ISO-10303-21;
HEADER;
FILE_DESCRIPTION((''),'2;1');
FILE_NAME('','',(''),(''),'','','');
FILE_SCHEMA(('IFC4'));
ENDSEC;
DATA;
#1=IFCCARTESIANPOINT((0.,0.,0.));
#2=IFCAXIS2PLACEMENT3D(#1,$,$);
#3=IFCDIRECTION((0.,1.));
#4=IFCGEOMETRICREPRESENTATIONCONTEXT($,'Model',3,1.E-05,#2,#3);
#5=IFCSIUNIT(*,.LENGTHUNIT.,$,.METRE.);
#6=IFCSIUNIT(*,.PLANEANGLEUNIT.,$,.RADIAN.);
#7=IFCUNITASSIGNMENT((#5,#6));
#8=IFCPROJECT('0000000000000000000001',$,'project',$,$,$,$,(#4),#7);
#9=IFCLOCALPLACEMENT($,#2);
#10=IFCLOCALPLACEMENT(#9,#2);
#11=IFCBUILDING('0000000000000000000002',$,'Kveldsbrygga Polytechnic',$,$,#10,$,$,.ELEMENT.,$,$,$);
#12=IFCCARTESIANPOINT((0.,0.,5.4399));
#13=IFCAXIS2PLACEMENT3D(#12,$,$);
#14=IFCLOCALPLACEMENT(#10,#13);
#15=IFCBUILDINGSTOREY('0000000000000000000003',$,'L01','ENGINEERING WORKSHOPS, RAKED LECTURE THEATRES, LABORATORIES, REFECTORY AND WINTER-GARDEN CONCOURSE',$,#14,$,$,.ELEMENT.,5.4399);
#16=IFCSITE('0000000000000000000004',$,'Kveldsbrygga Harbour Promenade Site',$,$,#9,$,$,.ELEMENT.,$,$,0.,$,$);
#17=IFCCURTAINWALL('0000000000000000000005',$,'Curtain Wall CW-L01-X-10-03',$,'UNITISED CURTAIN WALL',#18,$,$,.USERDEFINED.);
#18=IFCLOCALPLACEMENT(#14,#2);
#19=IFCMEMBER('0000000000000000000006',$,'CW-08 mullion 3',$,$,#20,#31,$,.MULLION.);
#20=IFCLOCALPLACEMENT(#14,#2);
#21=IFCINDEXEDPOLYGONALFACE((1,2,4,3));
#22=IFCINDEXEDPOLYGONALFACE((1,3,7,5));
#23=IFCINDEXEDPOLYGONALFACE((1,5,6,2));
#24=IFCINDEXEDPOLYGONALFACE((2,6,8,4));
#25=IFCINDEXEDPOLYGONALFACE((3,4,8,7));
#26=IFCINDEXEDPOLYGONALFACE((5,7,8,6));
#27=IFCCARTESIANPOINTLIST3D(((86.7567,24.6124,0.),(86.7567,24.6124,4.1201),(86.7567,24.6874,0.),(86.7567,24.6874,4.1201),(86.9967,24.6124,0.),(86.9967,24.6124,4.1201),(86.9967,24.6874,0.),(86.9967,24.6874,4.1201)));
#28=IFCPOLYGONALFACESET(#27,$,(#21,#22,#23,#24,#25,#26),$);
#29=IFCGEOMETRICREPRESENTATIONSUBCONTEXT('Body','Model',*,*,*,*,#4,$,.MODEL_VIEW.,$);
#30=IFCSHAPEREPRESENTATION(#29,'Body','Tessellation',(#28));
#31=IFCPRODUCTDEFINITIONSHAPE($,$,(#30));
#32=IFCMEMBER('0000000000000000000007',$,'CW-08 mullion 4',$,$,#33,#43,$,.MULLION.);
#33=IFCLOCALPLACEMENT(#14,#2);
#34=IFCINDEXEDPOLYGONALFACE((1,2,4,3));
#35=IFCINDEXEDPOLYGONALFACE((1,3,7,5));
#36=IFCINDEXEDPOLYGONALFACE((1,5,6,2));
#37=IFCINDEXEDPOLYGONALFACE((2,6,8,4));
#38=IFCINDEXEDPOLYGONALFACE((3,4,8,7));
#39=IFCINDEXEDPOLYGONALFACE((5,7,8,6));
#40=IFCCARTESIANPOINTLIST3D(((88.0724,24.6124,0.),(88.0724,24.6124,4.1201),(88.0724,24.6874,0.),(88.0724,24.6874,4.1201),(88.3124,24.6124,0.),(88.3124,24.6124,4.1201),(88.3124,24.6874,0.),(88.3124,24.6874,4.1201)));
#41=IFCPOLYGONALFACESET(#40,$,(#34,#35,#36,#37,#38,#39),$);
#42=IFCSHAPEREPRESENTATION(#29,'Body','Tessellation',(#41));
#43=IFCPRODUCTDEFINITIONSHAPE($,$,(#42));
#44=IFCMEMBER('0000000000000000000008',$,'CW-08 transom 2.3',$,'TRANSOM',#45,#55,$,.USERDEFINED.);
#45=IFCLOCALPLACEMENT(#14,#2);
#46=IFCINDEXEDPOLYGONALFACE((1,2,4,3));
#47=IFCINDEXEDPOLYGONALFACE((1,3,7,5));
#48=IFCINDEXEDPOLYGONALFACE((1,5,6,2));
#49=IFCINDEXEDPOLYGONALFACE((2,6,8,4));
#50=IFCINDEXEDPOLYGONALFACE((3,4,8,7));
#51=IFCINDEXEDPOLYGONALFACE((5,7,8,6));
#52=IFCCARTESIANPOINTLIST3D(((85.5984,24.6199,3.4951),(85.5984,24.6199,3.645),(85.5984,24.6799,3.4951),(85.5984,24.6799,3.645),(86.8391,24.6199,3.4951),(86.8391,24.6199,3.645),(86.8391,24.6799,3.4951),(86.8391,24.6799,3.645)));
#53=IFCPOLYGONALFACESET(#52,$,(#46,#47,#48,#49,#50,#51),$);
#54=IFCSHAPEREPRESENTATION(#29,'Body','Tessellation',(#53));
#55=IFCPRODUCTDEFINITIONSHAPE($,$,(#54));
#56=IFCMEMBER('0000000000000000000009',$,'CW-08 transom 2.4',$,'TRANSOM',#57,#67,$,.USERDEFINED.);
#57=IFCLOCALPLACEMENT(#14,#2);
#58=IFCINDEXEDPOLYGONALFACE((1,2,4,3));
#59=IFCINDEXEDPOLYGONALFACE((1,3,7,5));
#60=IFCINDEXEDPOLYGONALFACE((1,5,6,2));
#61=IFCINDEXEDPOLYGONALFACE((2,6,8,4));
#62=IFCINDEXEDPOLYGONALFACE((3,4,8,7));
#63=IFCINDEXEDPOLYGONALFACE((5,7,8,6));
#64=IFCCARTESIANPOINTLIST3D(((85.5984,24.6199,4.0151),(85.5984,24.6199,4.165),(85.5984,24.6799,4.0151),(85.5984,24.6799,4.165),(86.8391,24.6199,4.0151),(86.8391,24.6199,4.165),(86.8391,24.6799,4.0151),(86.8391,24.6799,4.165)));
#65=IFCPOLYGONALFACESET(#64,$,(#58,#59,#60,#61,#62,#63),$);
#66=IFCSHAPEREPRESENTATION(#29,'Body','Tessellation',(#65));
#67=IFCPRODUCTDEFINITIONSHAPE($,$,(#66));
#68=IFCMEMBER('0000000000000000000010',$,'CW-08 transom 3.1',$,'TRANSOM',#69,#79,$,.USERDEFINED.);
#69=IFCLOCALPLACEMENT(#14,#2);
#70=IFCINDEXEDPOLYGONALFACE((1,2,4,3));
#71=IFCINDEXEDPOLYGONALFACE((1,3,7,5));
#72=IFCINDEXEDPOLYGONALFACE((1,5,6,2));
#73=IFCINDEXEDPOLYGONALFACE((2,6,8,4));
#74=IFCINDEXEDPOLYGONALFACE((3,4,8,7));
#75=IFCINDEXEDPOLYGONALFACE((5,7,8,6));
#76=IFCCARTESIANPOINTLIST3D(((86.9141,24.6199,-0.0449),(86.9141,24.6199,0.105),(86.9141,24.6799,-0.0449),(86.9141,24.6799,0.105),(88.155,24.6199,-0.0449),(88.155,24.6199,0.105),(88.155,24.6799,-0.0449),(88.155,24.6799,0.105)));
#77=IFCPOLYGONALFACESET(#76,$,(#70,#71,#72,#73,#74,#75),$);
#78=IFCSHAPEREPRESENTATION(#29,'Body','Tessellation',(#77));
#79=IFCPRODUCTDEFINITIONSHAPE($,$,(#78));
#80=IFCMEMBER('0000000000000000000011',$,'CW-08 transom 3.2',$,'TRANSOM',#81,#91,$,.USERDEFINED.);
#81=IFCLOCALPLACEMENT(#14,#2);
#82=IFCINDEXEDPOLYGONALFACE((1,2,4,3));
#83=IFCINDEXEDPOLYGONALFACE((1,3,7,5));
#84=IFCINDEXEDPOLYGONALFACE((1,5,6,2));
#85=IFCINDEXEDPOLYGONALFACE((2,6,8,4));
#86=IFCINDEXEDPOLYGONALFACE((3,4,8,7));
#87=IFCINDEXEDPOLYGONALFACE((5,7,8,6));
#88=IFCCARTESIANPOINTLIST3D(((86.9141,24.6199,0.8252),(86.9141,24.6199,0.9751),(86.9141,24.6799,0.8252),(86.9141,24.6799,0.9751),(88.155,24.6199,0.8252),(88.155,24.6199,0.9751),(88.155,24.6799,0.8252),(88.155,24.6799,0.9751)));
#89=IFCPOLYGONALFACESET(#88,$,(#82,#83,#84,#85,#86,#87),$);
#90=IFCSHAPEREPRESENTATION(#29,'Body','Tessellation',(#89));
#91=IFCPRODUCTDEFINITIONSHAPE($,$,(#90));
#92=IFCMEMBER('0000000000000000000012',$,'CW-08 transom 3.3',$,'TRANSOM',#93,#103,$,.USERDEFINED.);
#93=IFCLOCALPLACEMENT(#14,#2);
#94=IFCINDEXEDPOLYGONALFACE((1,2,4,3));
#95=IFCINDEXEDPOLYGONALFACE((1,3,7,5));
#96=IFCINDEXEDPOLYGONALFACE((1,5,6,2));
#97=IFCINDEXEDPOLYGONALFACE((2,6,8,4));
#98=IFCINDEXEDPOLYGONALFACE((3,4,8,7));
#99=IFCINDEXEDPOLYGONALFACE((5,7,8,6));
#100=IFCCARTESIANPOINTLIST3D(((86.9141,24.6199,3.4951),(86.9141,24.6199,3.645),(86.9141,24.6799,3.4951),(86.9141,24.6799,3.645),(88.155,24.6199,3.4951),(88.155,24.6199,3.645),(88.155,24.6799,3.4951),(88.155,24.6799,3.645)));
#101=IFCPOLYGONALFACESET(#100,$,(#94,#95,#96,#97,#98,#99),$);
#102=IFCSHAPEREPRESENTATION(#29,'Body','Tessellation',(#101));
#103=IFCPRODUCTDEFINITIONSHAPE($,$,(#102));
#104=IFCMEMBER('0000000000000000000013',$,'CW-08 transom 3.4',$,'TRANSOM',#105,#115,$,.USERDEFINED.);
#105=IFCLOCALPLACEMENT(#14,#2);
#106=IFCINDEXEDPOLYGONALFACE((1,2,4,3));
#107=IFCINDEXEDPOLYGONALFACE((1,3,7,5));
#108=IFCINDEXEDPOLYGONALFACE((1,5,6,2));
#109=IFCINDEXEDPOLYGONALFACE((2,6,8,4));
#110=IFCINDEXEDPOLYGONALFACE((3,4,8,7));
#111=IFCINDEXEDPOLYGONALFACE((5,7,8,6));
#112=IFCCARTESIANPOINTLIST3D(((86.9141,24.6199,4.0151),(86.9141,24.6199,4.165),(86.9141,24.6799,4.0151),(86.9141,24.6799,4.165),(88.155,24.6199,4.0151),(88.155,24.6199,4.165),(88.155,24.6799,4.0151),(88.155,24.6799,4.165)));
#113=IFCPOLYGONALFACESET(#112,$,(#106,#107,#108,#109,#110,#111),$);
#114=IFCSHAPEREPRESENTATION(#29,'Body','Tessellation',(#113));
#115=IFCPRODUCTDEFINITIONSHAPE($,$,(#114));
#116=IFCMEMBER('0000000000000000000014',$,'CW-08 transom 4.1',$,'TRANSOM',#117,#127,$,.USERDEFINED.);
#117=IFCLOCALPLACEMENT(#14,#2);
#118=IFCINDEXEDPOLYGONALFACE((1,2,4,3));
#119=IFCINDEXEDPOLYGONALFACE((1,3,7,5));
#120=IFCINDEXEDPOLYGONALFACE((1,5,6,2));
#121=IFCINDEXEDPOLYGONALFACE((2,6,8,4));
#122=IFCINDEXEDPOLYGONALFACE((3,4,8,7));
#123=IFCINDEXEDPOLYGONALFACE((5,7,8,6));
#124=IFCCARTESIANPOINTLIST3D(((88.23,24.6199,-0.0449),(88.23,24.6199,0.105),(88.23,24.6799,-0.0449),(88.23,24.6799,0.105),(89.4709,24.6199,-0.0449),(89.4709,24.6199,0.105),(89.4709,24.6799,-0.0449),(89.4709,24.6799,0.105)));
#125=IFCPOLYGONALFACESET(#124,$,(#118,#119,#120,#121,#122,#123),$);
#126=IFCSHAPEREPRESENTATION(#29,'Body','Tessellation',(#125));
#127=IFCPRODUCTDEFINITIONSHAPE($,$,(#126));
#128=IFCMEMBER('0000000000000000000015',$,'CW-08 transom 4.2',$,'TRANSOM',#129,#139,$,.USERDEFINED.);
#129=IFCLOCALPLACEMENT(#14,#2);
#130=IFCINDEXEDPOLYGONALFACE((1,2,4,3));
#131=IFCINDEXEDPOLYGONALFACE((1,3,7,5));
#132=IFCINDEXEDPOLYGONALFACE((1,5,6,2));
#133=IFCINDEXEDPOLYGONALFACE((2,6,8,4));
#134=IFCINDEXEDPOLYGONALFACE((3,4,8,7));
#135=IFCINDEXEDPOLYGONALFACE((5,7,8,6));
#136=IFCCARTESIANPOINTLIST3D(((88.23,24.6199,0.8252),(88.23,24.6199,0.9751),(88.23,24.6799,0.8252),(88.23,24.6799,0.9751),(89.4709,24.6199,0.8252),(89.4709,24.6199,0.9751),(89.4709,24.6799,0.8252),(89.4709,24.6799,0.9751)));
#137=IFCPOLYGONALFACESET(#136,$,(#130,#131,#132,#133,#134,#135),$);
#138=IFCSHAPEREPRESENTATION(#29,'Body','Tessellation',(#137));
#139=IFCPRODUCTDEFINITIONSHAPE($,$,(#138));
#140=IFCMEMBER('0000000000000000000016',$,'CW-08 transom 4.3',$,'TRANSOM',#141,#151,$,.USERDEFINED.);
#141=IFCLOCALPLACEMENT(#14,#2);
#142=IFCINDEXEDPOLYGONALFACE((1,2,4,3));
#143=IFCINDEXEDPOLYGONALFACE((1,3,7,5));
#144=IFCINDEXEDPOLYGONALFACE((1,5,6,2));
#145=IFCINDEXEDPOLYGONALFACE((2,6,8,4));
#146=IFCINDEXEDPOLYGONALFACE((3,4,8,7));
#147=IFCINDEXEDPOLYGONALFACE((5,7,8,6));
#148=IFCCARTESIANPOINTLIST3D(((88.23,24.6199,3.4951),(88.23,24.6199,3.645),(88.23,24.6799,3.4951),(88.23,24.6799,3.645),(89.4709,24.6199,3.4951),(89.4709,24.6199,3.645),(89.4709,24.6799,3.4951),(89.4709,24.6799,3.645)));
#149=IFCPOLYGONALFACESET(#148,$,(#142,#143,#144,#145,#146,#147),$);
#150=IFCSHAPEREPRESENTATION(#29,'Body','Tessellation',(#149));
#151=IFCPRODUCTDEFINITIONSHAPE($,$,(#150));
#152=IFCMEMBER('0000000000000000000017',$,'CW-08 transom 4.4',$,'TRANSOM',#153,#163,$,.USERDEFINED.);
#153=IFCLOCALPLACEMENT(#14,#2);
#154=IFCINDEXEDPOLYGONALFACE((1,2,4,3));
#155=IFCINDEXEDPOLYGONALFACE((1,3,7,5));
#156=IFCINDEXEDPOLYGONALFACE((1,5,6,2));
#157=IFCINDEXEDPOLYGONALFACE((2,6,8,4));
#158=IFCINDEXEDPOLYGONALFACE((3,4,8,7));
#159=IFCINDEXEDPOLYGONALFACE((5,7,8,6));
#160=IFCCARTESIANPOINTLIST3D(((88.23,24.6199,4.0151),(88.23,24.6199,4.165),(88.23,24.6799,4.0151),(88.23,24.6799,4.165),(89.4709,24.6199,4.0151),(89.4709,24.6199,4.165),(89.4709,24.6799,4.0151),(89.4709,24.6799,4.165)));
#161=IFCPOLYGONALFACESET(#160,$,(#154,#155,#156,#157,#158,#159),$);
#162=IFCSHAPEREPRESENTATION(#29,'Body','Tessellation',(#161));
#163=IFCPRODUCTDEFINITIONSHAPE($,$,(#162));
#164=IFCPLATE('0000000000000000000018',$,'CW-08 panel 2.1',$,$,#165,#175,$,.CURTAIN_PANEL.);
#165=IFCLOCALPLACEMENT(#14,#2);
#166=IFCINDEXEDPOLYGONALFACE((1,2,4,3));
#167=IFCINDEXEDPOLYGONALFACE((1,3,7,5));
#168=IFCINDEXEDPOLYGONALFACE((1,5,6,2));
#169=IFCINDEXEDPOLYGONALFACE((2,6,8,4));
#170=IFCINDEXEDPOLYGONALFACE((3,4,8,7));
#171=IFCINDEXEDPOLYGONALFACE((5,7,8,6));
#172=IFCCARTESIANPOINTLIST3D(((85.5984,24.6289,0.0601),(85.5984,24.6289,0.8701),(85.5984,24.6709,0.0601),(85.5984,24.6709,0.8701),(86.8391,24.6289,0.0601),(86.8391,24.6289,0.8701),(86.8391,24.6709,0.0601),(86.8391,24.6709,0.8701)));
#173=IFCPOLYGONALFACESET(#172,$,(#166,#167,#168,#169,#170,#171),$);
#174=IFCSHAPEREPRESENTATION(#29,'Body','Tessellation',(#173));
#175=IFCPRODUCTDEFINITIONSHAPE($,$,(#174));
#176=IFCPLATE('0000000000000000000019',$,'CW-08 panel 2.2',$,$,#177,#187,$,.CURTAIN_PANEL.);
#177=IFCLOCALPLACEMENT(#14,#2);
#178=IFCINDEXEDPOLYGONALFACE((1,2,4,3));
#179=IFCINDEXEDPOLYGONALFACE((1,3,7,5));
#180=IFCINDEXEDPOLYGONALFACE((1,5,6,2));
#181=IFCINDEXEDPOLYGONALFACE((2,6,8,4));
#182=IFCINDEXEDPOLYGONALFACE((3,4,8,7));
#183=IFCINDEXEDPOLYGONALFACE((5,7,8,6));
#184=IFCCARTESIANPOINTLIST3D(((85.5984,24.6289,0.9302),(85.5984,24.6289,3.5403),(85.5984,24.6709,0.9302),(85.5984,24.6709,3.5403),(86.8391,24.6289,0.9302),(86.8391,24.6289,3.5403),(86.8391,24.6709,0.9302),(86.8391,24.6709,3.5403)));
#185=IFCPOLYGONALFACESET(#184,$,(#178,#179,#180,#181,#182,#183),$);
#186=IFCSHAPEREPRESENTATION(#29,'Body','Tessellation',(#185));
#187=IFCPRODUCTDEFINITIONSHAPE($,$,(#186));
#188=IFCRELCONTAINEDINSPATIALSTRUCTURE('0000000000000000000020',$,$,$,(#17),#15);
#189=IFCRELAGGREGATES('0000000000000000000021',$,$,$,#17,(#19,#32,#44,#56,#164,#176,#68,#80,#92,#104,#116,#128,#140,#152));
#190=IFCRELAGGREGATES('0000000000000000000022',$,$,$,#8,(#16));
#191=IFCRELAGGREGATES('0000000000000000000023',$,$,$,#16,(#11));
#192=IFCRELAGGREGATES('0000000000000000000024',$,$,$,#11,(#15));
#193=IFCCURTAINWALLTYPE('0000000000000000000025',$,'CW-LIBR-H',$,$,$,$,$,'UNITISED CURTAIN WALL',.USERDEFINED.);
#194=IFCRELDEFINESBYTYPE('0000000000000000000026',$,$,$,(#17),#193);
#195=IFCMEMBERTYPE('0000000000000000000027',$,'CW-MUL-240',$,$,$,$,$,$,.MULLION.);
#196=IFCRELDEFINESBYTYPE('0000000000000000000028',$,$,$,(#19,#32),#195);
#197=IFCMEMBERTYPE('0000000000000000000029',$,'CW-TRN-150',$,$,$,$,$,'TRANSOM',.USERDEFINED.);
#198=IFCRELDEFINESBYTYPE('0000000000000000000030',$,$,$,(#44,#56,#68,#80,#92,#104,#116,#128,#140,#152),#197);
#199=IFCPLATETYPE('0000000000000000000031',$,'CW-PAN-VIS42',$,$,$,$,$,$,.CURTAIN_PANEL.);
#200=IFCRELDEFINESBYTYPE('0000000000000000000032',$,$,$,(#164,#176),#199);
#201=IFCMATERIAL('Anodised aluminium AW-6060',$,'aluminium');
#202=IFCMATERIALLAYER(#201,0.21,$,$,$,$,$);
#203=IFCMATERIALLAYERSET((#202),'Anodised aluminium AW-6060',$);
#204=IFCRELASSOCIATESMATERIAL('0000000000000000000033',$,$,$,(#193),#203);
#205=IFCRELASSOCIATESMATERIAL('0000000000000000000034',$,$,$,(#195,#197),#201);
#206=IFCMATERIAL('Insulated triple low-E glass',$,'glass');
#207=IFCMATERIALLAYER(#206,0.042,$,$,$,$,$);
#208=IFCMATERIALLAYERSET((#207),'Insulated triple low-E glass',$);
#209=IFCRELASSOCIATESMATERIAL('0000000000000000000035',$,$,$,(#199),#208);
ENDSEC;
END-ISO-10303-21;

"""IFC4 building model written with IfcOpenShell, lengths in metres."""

from ifc_helpers import new_model, si_unit, direction, frame, origin, origin_2d, place, context, subcontext, project, spatial, rectangle, extrude, material, layer, layer_set, material_profile, profile_set, type_object, element, aggregate, save


model = new_model("IFC4")

# Units and contexts
model_context = context("Model", 3, precision=1e-05, world=origin(), true_north=direction((0.0, 1.0)))
body_context = subcontext(model_context, "Body", "Model", "MODEL_VIEW")
ifc_project = project(units=[si_unit("LENGTHUNIT", "METRE"), si_unit("PLANEANGLEUNIT", "RADIAN")], contexts=[model_context])

# Site, building, storey
site_placement = place(None, origin())
site = spatial("IfcSite", under=ifc_project, at=site_placement, Name="Kveldsbrygga Harbour Promenade Site", CompositionType="ELEMENT", RefElevation=0.0)
building_placement = place(site_placement, origin())
building = spatial("IfcBuilding", under=site, at=building_placement, Name="Kveldsbrygga Polytechnic", CompositionType="ELEMENT")
storey_placement = place(building_placement, frame((0.0, 0.0, 5.4399)))
storey = spatial("IfcBuildingStorey", under=building, at=storey_placement, Name="L01", Description="ENGINEERING WORKSHOPS, RAKED LECTURE THEATRES, LABORATORIES, REFECTORY AND WINTER-GARDEN CONCOURSE", CompositionType="ELEMENT", Elevation=5.4399)

# Curtain wall, members, plates
ifc_material_1 = material(Name="Anodised aluminium AW-6060", Category="aluminium")
ifc_layer_1 = layer(ifc_material_1, 0.21)
ifc_layer_set_1 = layer_set([ifc_layer_1], Name="Anodised aluminium AW-6060")
curtain_wall_type = type_object("IfcCurtainWallType", Name="CW-LIBR-H", ElementType="UNITISED CURTAIN WALL", PredefinedType="USERDEFINED", material=ifc_layer_set_1)
curtain_wall_placement = place(storey_placement, origin())
curtain_wall = element("IfcCurtainWall", 1, at=curtain_wall_placement, inside=storey, type_object=curtain_wall_type, Name="Curtain Wall CW-L01-X-10-03", ObjectType="UNITISED CURTAIN WALL", PredefinedType="USERDEFINED")
ifc_material_profile_1 = material_profile(ifc_material_1, rectangle(XDim=0.075, YDim=0.24, at=origin_2d()), Name="ALU 75x240")
ifc_profile_set_1 = profile_set([ifc_material_profile_1], Name="Anodised aluminium AW-6060")
member_type_1 = type_object("IfcMemberType", Name="CW-MUL-240", PredefinedType="MULLION", material=ifc_profile_set_1)
member_1_placement = place(storey_placement, frame((86.8767, 24.6499, 0.0), z_axis=(0.0, 0.0, 1.0), x_axis=(0.0, 1.0, 0.0)))
member_1 = element("IfcMember", 2, at=member_1_placement, type_object=member_type_1, Name="CW-08 mullion 3", PredefinedType="MULLION", context=body_context, shape_type="SweptSolid", body=[
    extrude(rectangle(XDim=0.075, YDim=0.24, at=origin_2d()), origin(), (0.0, 0.0, 1.0), 4.1201),
])
member_2_placement = place(storey_placement, frame((88.1924, 24.6499, 0.0), z_axis=(0.0, 0.0, 1.0), x_axis=(0.0, 1.0, 0.0)))
member_2 = element("IfcMember", 3, at=member_2_placement, type_object=member_type_1, Name="CW-08 mullion 4", PredefinedType="MULLION", context=body_context, shape_type="SweptSolid", body=[
    extrude(rectangle(XDim=0.075, YDim=0.24, at=origin_2d()), origin(), (0.0, 0.0, 1.0), 4.1201),
])
ifc_material_profile_2 = material_profile(ifc_material_1, rectangle(XDim=0.0601, YDim=0.1499, at=origin_2d()), Name="ALU 60x150")
ifc_profile_set_2 = profile_set([ifc_material_profile_2], Name="Anodised aluminium AW-6060")
member_type_2 = type_object("IfcMemberType", Name="CW-TRN-150", ElementType="TRANSOM", PredefinedType="USERDEFINED", material=ifc_profile_set_2)
member_3_placement = place(storey_placement, frame((85.5984, 24.6499, 3.5701), z_axis=(1.0, 0.0, 0.0), x_axis=(0.0, 1.0, 0.0)))
member_3 = element("IfcMember", 4, at=member_3_placement, type_object=member_type_2, Name="CW-08 transom 2.3", ObjectType="TRANSOM", PredefinedType="USERDEFINED", context=body_context, shape_type="SweptSolid", body=[
    extrude(rectangle(XDim=0.0601, YDim=0.1499, at=origin_2d()), origin(), (0.0, 0.0, 1.0), 1.2407),
])
member_4_placement = place(storey_placement, frame((85.5984, 24.6499, 4.0901), z_axis=(1.0, 0.0, 0.0), x_axis=(0.0, 1.0, 0.0)))
member_4 = element("IfcMember", 5, at=member_4_placement, type_object=member_type_2, Name="CW-08 transom 2.4", ObjectType="TRANSOM", PredefinedType="USERDEFINED", context=body_context, shape_type="SweptSolid", body=[
    extrude(rectangle(XDim=0.0601, YDim=0.1499, at=origin_2d()), origin(), (0.0, 0.0, 1.0), 1.2407),
])
member_5_placement = place(storey_placement, frame((86.9141, 24.6499, 0.03), z_axis=(1.0, 0.0, 0.0), x_axis=(0.0, 1.0, 0.0)))
member_5 = element("IfcMember", 6, at=member_5_placement, type_object=member_type_2, Name="CW-08 transom 3.1", ObjectType="TRANSOM", PredefinedType="USERDEFINED", context=body_context, shape_type="SweptSolid", body=[
    extrude(rectangle(XDim=0.0601, YDim=0.1499, at=origin_2d()), origin(), (0.0, 0.0, 1.0), 1.241),
])
member_6_placement = place(storey_placement, frame((86.9141, 24.6499, 0.9001), z_axis=(1.0, 0.0, 0.0), x_axis=(0.0, 1.0, 0.0)))
member_6 = element("IfcMember", 7, at=member_6_placement, type_object=member_type_2, Name="CW-08 transom 3.2", ObjectType="TRANSOM", PredefinedType="USERDEFINED", context=body_context, shape_type="SweptSolid", body=[
    extrude(rectangle(XDim=0.0601, YDim=0.1499, at=origin_2d()), origin(), (0.0, 0.0, 1.0), 1.241),
])
member_7_placement = place(storey_placement, frame((86.9141, 24.6499, 3.5701), z_axis=(1.0, 0.0, 0.0), x_axis=(0.0, 1.0, 0.0)))
member_7 = element("IfcMember", 8, at=member_7_placement, type_object=member_type_2, Name="CW-08 transom 3.3", ObjectType="TRANSOM", PredefinedType="USERDEFINED", context=body_context, shape_type="SweptSolid", body=[
    extrude(rectangle(XDim=0.0601, YDim=0.1499, at=origin_2d()), origin(), (0.0, 0.0, 1.0), 1.241),
])
member_8_placement = place(storey_placement, frame((86.9141, 24.6499, 4.0901), z_axis=(1.0, 0.0, 0.0), x_axis=(0.0, 1.0, 0.0)))
member_8 = element("IfcMember", 9, at=member_8_placement, type_object=member_type_2, Name="CW-08 transom 3.4", ObjectType="TRANSOM", PredefinedType="USERDEFINED", context=body_context, shape_type="SweptSolid", body=[
    extrude(rectangle(XDim=0.0601, YDim=0.1499, at=origin_2d()), origin(), (0.0, 0.0, 1.0), 1.241),
])
member_9_placement = place(storey_placement, frame((88.23, 24.6499, 0.03), z_axis=(1.0, 0.0, 0.0), x_axis=(0.0, 1.0, 0.0)))
member_9 = element("IfcMember", 10, at=member_9_placement, type_object=member_type_2, Name="CW-08 transom 4.1", ObjectType="TRANSOM", PredefinedType="USERDEFINED", context=body_context, shape_type="SweptSolid", body=[
    extrude(rectangle(XDim=0.0601, YDim=0.1499, at=origin_2d()), origin(), (0.0, 0.0, 1.0), 1.241),
])
member_10_placement = place(storey_placement, frame((88.23, 24.6499, 0.9001), z_axis=(1.0, 0.0, 0.0), x_axis=(0.0, 1.0, 0.0)))
member_10 = element("IfcMember", 11, at=member_10_placement, type_object=member_type_2, Name="CW-08 transom 4.2", ObjectType="TRANSOM", PredefinedType="USERDEFINED", context=body_context, shape_type="SweptSolid", body=[
    extrude(rectangle(XDim=0.0601, YDim=0.1499, at=origin_2d()), origin(), (0.0, 0.0, 1.0), 1.241),
])
member_11_placement = place(storey_placement, frame((88.23, 24.6499, 3.5701), z_axis=(1.0, 0.0, 0.0), x_axis=(0.0, 1.0, 0.0)))
member_11 = element("IfcMember", 12, at=member_11_placement, type_object=member_type_2, Name="CW-08 transom 4.3", ObjectType="TRANSOM", PredefinedType="USERDEFINED", context=body_context, shape_type="SweptSolid", body=[
    extrude(rectangle(XDim=0.0601, YDim=0.1499, at=origin_2d()), origin(), (0.0, 0.0, 1.0), 1.241),
])
member_12_placement = place(storey_placement, frame((88.23, 24.6499, 4.0901), z_axis=(1.0, 0.0, 0.0), x_axis=(0.0, 1.0, 0.0)))
member_12 = element("IfcMember", 13, at=member_12_placement, type_object=member_type_2, Name="CW-08 transom 4.4", ObjectType="TRANSOM", PredefinedType="USERDEFINED", context=body_context, shape_type="SweptSolid", body=[
    extrude(rectangle(XDim=0.0601, YDim=0.1499, at=origin_2d()), origin(), (0.0, 0.0, 1.0), 1.241),
])
ifc_material_2 = material(Name="Insulated triple low-E glass", Category="glass")
ifc_layer_2 = layer(ifc_material_2, 0.042)
ifc_layer_set_2 = layer_set([ifc_layer_2], Name="Insulated triple low-E glass")
plate_type = type_object("IfcPlateType", Name="CW-PAN-VIS42", PredefinedType="CURTAIN_PANEL", material=ifc_layer_set_2)
plate_1_placement = place(storey_placement, frame((86.2188, 24.6499, 0.0601), z_axis=(0.0, 0.0, 1.0), x_axis=(1.0, 0.0, 0.0)))
plate_1 = element("IfcPlate", 14, at=plate_1_placement, type_object=plate_type, Name="CW-08 panel 2.1", PredefinedType="CURTAIN_PANEL", context=body_context, shape_type="SweptSolid", body=[
    extrude(rectangle(XDim=1.2407, YDim=0.042, at=origin_2d()), origin(), (0.0, 0.0, 1.0), 0.8101),
])
plate_2_placement = place(storey_placement, frame((86.2188, 24.6499, 0.9302), z_axis=(0.0, 0.0, 1.0), x_axis=(1.0, 0.0, 0.0)))
plate_2 = element("IfcPlate", 15, at=plate_2_placement, type_object=plate_type, Name="CW-08 panel 2.2", PredefinedType="CURTAIN_PANEL", context=body_context, shape_type="SweptSolid", body=[
    extrude(rectangle(XDim=1.2407, YDim=0.042, at=origin_2d()), origin(), (0.0, 0.0, 1.0), 2.6101),
])
aggregate(curtain_wall, [member_1, member_2, member_3, member_4, plate_1, plate_2, member_5, member_6, member_7, member_8, member_9, member_10, member_11, member_12])

save(model, "model.ifc")
